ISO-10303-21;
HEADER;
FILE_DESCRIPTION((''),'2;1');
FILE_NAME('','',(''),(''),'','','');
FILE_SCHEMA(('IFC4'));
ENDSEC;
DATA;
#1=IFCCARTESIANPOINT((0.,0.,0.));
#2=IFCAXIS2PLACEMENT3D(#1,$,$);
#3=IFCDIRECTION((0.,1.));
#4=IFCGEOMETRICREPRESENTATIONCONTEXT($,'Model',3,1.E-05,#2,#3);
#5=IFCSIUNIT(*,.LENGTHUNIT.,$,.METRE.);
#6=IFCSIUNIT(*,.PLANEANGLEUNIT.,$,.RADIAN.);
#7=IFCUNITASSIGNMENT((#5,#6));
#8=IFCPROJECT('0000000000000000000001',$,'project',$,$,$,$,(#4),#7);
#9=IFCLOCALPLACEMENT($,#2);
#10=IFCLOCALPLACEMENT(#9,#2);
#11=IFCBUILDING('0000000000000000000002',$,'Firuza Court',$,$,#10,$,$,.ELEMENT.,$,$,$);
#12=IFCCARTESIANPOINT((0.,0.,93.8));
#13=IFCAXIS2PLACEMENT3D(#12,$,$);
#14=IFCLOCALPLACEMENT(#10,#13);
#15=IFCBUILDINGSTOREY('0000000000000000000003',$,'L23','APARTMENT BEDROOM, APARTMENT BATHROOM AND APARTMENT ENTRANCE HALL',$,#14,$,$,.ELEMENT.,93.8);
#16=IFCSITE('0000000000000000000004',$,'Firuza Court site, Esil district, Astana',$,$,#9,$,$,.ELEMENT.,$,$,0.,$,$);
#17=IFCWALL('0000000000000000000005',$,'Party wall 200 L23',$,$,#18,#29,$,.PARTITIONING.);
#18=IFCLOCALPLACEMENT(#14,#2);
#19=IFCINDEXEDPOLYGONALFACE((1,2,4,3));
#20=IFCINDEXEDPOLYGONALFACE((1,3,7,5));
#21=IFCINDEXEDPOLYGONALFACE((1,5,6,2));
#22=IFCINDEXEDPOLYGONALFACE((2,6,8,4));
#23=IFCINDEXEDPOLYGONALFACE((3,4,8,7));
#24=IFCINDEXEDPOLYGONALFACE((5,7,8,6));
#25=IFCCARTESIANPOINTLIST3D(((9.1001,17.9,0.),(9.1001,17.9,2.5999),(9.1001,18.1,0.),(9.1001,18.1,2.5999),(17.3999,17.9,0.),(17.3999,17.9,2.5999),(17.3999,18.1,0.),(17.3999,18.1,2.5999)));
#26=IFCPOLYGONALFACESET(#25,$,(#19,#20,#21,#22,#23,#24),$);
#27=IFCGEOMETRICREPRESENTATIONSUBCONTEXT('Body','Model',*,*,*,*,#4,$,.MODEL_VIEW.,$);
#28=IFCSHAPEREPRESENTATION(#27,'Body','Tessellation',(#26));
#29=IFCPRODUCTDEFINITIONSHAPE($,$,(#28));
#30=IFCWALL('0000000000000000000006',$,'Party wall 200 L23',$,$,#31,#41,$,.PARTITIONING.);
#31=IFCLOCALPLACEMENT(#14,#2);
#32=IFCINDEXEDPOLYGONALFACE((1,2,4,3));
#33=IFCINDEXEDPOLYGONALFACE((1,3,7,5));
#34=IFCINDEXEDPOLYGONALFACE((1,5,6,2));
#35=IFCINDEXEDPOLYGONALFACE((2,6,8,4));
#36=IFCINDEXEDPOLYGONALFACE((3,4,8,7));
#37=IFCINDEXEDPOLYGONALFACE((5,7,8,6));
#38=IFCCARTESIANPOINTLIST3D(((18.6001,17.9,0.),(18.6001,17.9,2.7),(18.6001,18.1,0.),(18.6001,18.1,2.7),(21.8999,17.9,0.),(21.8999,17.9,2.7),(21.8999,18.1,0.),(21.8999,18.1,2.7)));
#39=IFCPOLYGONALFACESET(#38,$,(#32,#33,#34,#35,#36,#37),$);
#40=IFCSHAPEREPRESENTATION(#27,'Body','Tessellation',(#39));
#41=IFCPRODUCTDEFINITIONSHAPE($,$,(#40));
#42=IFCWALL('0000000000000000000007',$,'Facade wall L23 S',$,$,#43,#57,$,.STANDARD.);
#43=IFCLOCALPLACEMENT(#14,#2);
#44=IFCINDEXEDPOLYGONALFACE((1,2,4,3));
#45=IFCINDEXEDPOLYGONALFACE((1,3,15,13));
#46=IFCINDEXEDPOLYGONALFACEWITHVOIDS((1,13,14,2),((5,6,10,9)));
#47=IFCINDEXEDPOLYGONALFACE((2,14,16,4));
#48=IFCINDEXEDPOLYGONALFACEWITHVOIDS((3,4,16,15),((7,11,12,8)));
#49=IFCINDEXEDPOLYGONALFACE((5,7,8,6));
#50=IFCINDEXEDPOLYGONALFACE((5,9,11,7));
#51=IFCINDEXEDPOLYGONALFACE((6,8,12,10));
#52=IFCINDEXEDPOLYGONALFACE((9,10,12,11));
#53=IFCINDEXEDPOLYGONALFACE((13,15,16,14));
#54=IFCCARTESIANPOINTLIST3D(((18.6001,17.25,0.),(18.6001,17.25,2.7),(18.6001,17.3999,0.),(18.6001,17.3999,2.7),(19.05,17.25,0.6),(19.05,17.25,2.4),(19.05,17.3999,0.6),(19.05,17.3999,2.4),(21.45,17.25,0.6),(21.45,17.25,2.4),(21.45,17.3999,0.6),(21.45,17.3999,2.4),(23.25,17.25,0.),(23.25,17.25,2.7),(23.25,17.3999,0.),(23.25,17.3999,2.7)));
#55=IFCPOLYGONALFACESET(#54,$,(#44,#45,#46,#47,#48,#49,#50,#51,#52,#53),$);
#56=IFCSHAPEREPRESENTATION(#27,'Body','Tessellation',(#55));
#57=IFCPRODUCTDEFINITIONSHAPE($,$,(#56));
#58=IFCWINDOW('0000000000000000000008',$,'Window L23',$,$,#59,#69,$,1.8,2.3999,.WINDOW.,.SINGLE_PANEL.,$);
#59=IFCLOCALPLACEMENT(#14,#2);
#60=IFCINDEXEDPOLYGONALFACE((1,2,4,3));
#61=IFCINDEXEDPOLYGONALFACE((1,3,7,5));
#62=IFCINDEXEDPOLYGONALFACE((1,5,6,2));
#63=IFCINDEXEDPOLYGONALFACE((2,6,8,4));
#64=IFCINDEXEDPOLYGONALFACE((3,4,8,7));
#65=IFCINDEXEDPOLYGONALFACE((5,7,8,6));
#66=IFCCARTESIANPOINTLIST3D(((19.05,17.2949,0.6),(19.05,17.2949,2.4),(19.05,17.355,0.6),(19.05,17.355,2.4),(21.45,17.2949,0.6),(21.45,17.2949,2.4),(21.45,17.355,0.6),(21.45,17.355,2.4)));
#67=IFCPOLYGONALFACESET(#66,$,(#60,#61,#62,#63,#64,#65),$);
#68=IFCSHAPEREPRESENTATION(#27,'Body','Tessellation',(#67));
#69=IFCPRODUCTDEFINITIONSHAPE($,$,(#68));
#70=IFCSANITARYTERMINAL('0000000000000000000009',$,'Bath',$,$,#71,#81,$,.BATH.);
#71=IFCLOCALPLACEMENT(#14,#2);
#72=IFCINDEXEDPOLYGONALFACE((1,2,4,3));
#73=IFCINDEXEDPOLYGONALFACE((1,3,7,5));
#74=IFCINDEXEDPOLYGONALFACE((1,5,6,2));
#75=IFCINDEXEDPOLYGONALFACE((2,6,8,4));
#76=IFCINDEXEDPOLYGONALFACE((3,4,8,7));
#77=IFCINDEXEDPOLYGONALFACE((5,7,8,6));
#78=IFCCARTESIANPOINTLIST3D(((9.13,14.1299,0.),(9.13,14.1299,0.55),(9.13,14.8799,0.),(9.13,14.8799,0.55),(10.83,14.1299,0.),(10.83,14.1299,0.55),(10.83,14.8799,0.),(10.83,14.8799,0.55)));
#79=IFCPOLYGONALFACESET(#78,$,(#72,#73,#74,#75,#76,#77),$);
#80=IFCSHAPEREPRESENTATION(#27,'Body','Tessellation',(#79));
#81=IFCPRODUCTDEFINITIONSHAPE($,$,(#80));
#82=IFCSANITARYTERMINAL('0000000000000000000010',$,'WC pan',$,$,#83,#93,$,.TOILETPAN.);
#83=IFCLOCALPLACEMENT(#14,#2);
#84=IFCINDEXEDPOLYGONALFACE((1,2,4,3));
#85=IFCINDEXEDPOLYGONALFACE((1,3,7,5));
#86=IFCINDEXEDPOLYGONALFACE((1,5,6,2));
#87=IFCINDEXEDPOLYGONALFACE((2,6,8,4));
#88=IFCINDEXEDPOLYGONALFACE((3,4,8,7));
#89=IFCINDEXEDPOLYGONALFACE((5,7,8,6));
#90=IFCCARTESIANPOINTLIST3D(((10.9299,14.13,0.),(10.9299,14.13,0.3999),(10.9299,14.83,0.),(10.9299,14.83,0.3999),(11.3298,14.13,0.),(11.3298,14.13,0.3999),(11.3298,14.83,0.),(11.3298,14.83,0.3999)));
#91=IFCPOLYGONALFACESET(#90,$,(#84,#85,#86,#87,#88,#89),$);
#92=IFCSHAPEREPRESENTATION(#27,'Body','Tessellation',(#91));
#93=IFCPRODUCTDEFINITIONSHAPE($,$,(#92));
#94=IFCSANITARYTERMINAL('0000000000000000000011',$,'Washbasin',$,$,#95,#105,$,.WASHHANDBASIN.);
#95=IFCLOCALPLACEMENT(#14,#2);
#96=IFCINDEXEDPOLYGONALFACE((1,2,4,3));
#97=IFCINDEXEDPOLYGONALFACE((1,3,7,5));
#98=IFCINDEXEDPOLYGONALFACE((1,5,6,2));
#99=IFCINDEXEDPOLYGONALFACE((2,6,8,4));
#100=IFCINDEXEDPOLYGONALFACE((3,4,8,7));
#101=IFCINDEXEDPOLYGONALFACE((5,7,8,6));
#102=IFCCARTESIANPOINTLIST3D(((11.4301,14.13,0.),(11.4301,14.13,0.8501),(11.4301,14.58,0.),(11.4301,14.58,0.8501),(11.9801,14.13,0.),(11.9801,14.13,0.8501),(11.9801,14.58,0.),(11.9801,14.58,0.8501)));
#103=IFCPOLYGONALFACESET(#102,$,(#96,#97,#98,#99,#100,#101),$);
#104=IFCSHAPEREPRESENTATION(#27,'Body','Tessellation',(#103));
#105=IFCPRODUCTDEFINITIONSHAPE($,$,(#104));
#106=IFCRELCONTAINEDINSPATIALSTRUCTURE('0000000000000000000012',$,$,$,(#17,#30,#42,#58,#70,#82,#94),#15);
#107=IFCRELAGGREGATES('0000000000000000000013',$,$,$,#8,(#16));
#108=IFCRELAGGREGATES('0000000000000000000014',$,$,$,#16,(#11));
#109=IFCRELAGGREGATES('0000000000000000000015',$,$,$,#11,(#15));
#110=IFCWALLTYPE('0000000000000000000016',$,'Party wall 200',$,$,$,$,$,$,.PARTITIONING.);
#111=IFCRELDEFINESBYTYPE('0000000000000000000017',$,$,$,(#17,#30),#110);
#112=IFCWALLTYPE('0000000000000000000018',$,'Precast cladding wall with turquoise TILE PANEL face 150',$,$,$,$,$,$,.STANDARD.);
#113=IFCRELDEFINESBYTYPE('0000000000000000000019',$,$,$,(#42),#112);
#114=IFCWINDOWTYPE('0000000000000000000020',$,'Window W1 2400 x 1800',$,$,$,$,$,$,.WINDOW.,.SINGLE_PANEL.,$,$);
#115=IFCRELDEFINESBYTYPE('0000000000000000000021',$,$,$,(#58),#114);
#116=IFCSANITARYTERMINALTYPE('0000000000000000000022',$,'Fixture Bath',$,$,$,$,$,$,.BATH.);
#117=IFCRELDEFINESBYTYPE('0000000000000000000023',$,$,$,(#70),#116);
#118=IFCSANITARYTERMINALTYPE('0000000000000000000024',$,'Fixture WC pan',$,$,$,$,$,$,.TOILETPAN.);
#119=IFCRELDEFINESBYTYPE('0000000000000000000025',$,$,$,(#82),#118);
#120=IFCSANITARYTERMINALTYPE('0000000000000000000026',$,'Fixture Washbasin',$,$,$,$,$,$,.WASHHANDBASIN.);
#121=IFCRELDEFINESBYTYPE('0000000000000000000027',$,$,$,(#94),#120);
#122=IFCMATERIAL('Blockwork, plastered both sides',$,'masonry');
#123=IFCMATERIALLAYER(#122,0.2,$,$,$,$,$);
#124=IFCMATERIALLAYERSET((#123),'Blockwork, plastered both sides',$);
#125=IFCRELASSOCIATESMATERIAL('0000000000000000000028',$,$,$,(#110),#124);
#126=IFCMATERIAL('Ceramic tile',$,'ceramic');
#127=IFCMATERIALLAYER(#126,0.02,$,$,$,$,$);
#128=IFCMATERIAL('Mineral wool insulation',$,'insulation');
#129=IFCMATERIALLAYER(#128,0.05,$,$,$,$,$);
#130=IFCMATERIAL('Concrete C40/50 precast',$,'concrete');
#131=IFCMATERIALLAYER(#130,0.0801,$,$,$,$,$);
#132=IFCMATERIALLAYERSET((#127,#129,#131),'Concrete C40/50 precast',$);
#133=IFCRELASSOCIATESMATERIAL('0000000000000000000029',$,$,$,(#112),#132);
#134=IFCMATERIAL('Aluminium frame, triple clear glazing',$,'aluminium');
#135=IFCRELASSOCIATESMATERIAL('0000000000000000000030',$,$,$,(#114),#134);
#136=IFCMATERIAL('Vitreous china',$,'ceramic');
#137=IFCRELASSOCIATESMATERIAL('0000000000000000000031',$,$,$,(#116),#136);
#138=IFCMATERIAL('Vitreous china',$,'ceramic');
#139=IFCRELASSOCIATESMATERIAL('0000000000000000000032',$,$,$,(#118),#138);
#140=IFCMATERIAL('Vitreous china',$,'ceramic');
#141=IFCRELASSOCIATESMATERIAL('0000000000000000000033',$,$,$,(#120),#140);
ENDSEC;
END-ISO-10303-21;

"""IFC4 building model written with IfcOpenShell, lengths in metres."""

from ifc_helpers import new_model, si_unit, direction, frame, frame_2d, origin, origin_2d, place, context, subcontext, project, spatial, rectangle, extrude, material, layer, layer_set, type_object, element, fill, save


model = new_model("IFC4")

# Units and contexts
model_context = context("Model", 3, precision=1e-05, world=origin(), true_north=direction((0.0, 1.0)))
body_context = subcontext(model_context, "Body", "Model", "MODEL_VIEW")
ifc_project = project(units=[si_unit("LENGTHUNIT", "METRE"), si_unit("PLANEANGLEUNIT", "RADIAN")], contexts=[model_context])

# Site, building, storey
site_placement = place(None, origin())
site = spatial("IfcSite", under=ifc_project, at=site_placement, Name="Firuza Court site, Esil district, Astana", CompositionType="ELEMENT", RefElevation=0.0)
building_placement = place(site_placement, origin())
building = spatial("IfcBuilding", under=site, at=building_placement, Name="Firuza Court", CompositionType="ELEMENT")
storey_placement = place(building_placement, frame((0.0, 0.0, 93.8)))
storey = spatial("IfcBuildingStorey", under=building, at=storey_placement, Name="L23", Description="APARTMENT BEDROOM, APARTMENT BATHROOM AND APARTMENT ENTRANCE HALL", CompositionType="ELEMENT", Elevation=93.8)

# Walls
ifc_material_1 = material(Name="Blockwork, plastered both sides", Category="masonry")
ifc_layer_1 = layer(ifc_material_1, 0.2)
ifc_layer_set_1 = layer_set([ifc_layer_1], Name="Blockwork, plastered both sides")
wall_type_1 = type_object("IfcWallType", Name="Party wall 200", PredefinedType="PARTITIONING", material=ifc_layer_set_1)
wall_1_placement = place(storey_placement, frame((9.1001, 18.0, 0.0), z_axis=(0.0, 0.0, 1.0), x_axis=(1.0, 0.0, 0.0)))
element("IfcWall", 1, at=wall_1_placement, inside=storey, type_object=wall_type_1, Name="Party wall 200 L23", PredefinedType="PARTITIONING", context=body_context, shape_type="SweptSolid", body=[
    extrude(rectangle(XDim=8.2998, YDim=0.2, at=frame_2d((4.1499, 0.0))), origin(), (0.0, 0.0, 1.0), 2.5999),
])
wall_2_placement = place(storey_placement, frame((18.6001, 18.0, 0.0), z_axis=(0.0, 0.0, 1.0), x_axis=(1.0, 0.0, 0.0)))
element("IfcWall", 2, at=wall_2_placement, inside=storey, type_object=wall_type_1, Name="Party wall 200 L23", PredefinedType="PARTITIONING", context=body_context, shape_type="SweptSolid", body=[
    extrude(rectangle(XDim=3.2998, YDim=0.2, at=frame_2d((1.6499, 0.0))), origin(), (0.0, 0.0, 1.0), 2.7),
])

# Wall, opening, window
ifc_material_2 = material(Name="Ceramic tile", Category="ceramic")
ifc_layer_2 = layer(ifc_material_2, 0.02)
ifc_material_3 = material(Name="Mineral wool insulation", Category="insulation")
ifc_layer_3 = layer(ifc_material_3, 0.05)
ifc_material_4 = material(Name="Concrete C40/50 precast", Category="concrete")
ifc_layer_4 = layer(ifc_material_4, 0.0801)
ifc_layer_set_2 = layer_set([ifc_layer_2, ifc_layer_3, ifc_layer_4], Name="Concrete C40/50 precast")
wall_type_2 = type_object("IfcWallType", Name="Precast cladding wall with turquoise TILE PANEL face 150", PredefinedType="STANDARD", material=ifc_layer_set_2)
wall_3_placement = place(storey_placement, frame((18.6001, 17.325, 0.0), z_axis=(0.0, 0.0, 1.0), x_axis=(1.0, 0.0, 0.0)))
wall_3 = element("IfcWall", 3, at=wall_3_placement, inside=storey, type_object=wall_type_2, Name="Facade wall L23 S", PredefinedType="STANDARD", context=body_context, shape_type="SweptSolid", body=[
    extrude(rectangle(XDim=4.6499, YDim=0.1499, at=frame_2d((2.325, 0.0))), origin(), (0.0, 0.0, 1.0), 2.7),
])
opening_1_placement = place(wall_3_placement, frame((0.45, 0.0, 0.6001)))
opening_1 = element("IfcOpeningElement", 4, at=opening_1_placement, cuts=wall_3, PredefinedType="OPENING", context=body_context, shape_type="SweptSolid", body=[
    extrude(rectangle(XDim=2.3999, YDim=1.8, at=frame_2d((1.2, 0.8999))), frame((0.0, 0.0869, 0.0), z_axis=(0.0, -1.0, 0.0), x_axis=(1.0, 0.0, 0.0)), (0.0, 0.0, 1.0), 0.1738),
])
ifc_material_5 = material(Name="Aluminium frame, triple clear glazing", Category="aluminium")
window_type = type_object("IfcWindowType", Name="Window W1 2400 x 1800", PartitioningType="SINGLE_PANEL", PredefinedType="WINDOW", material=ifc_material_5)
window_placement = place(opening_1_placement, origin())
window = element("IfcWindow", 5, at=window_placement, inside=storey, type_object=window_type, Name="Window L23", OverallHeight=1.8, OverallWidth=2.3999, PartitioningType="SINGLE_PANEL", PredefinedType="WINDOW", context=body_context, shape_type="SweptSolid", body=[
    extrude(rectangle(XDim=2.3999, YDim=1.8, at=frame_2d((1.2, 0.8999))), frame((0.0, 0.03, 0.0), z_axis=(0.0, -1.0, 0.0), x_axis=(1.0, 0.0, 0.0)), (0.0, 0.0, 1.0), 0.0601),
])
fill(opening_1, window)

# Sanitary terminals
ifc_material_6 = material(Name="Vitreous china", Category="ceramic")
sanitary_terminal_type_1 = type_object("IfcSanitaryTerminalType", Name="Fixture Bath", PredefinedType="BATH", material=ifc_material_6)
sanitary_terminal_1_placement = place(storey_placement, frame((9.98, 14.5049, 0.0), z_axis=(0.0, 0.0, 1.0), x_axis=(1.0, 0.0, 0.0)))
element("IfcSanitaryTerminal", 6, at=sanitary_terminal_1_placement, inside=storey, type_object=sanitary_terminal_type_1, Name="Bath", PredefinedType="BATH", context=body_context, shape_type="SweptSolid", body=[
    extrude(rectangle(XDim=1.7, YDim=0.75, at=origin_2d()), origin(), (0.0, 0.0, 1.0), 0.55),
])
ifc_material_7 = material(Name="Vitreous china", Category="ceramic")
sanitary_terminal_type_2 = type_object("IfcSanitaryTerminalType", Name="Fixture WC pan", PredefinedType="TOILETPAN", material=ifc_material_7)
sanitary_terminal_2_placement = place(storey_placement, frame((11.1299, 14.48, 0.0), z_axis=(0.0, 0.0, 1.0), x_axis=(1.0, 0.0, 0.0)))
element("IfcSanitaryTerminal", 7, at=sanitary_terminal_2_placement, inside=storey, type_object=sanitary_terminal_type_2, Name="WC pan", PredefinedType="TOILETPAN", context=body_context, shape_type="SweptSolid", body=[
    extrude(rectangle(XDim=0.3999, YDim=0.7, at=origin_2d()), origin(), (0.0, 0.0, 1.0), 0.3999),
])
ifc_material_8 = material(Name="Vitreous china", Category="ceramic")
sanitary_terminal_type_3 = type_object("IfcSanitaryTerminalType", Name="Fixture Washbasin", PredefinedType="WASHHANDBASIN", material=ifc_material_8)
sanitary_terminal_3_placement = place(storey_placement, frame((11.7051, 14.355, 0.0), z_axis=(0.0, 0.0, 1.0), x_axis=(1.0, 0.0, 0.0)))
element("IfcSanitaryTerminal", 8, at=sanitary_terminal_3_placement, inside=storey, type_object=sanitary_terminal_type_3, Name="Washbasin", PredefinedType="WASHHANDBASIN", context=body_context, shape_type="SweptSolid", body=[
    extrude(rectangle(XDim=0.55, YDim=0.45, at=origin_2d()), origin(), (0.0, 0.0, 1.0), 0.8501),
])

save(model, "model.ifc")
